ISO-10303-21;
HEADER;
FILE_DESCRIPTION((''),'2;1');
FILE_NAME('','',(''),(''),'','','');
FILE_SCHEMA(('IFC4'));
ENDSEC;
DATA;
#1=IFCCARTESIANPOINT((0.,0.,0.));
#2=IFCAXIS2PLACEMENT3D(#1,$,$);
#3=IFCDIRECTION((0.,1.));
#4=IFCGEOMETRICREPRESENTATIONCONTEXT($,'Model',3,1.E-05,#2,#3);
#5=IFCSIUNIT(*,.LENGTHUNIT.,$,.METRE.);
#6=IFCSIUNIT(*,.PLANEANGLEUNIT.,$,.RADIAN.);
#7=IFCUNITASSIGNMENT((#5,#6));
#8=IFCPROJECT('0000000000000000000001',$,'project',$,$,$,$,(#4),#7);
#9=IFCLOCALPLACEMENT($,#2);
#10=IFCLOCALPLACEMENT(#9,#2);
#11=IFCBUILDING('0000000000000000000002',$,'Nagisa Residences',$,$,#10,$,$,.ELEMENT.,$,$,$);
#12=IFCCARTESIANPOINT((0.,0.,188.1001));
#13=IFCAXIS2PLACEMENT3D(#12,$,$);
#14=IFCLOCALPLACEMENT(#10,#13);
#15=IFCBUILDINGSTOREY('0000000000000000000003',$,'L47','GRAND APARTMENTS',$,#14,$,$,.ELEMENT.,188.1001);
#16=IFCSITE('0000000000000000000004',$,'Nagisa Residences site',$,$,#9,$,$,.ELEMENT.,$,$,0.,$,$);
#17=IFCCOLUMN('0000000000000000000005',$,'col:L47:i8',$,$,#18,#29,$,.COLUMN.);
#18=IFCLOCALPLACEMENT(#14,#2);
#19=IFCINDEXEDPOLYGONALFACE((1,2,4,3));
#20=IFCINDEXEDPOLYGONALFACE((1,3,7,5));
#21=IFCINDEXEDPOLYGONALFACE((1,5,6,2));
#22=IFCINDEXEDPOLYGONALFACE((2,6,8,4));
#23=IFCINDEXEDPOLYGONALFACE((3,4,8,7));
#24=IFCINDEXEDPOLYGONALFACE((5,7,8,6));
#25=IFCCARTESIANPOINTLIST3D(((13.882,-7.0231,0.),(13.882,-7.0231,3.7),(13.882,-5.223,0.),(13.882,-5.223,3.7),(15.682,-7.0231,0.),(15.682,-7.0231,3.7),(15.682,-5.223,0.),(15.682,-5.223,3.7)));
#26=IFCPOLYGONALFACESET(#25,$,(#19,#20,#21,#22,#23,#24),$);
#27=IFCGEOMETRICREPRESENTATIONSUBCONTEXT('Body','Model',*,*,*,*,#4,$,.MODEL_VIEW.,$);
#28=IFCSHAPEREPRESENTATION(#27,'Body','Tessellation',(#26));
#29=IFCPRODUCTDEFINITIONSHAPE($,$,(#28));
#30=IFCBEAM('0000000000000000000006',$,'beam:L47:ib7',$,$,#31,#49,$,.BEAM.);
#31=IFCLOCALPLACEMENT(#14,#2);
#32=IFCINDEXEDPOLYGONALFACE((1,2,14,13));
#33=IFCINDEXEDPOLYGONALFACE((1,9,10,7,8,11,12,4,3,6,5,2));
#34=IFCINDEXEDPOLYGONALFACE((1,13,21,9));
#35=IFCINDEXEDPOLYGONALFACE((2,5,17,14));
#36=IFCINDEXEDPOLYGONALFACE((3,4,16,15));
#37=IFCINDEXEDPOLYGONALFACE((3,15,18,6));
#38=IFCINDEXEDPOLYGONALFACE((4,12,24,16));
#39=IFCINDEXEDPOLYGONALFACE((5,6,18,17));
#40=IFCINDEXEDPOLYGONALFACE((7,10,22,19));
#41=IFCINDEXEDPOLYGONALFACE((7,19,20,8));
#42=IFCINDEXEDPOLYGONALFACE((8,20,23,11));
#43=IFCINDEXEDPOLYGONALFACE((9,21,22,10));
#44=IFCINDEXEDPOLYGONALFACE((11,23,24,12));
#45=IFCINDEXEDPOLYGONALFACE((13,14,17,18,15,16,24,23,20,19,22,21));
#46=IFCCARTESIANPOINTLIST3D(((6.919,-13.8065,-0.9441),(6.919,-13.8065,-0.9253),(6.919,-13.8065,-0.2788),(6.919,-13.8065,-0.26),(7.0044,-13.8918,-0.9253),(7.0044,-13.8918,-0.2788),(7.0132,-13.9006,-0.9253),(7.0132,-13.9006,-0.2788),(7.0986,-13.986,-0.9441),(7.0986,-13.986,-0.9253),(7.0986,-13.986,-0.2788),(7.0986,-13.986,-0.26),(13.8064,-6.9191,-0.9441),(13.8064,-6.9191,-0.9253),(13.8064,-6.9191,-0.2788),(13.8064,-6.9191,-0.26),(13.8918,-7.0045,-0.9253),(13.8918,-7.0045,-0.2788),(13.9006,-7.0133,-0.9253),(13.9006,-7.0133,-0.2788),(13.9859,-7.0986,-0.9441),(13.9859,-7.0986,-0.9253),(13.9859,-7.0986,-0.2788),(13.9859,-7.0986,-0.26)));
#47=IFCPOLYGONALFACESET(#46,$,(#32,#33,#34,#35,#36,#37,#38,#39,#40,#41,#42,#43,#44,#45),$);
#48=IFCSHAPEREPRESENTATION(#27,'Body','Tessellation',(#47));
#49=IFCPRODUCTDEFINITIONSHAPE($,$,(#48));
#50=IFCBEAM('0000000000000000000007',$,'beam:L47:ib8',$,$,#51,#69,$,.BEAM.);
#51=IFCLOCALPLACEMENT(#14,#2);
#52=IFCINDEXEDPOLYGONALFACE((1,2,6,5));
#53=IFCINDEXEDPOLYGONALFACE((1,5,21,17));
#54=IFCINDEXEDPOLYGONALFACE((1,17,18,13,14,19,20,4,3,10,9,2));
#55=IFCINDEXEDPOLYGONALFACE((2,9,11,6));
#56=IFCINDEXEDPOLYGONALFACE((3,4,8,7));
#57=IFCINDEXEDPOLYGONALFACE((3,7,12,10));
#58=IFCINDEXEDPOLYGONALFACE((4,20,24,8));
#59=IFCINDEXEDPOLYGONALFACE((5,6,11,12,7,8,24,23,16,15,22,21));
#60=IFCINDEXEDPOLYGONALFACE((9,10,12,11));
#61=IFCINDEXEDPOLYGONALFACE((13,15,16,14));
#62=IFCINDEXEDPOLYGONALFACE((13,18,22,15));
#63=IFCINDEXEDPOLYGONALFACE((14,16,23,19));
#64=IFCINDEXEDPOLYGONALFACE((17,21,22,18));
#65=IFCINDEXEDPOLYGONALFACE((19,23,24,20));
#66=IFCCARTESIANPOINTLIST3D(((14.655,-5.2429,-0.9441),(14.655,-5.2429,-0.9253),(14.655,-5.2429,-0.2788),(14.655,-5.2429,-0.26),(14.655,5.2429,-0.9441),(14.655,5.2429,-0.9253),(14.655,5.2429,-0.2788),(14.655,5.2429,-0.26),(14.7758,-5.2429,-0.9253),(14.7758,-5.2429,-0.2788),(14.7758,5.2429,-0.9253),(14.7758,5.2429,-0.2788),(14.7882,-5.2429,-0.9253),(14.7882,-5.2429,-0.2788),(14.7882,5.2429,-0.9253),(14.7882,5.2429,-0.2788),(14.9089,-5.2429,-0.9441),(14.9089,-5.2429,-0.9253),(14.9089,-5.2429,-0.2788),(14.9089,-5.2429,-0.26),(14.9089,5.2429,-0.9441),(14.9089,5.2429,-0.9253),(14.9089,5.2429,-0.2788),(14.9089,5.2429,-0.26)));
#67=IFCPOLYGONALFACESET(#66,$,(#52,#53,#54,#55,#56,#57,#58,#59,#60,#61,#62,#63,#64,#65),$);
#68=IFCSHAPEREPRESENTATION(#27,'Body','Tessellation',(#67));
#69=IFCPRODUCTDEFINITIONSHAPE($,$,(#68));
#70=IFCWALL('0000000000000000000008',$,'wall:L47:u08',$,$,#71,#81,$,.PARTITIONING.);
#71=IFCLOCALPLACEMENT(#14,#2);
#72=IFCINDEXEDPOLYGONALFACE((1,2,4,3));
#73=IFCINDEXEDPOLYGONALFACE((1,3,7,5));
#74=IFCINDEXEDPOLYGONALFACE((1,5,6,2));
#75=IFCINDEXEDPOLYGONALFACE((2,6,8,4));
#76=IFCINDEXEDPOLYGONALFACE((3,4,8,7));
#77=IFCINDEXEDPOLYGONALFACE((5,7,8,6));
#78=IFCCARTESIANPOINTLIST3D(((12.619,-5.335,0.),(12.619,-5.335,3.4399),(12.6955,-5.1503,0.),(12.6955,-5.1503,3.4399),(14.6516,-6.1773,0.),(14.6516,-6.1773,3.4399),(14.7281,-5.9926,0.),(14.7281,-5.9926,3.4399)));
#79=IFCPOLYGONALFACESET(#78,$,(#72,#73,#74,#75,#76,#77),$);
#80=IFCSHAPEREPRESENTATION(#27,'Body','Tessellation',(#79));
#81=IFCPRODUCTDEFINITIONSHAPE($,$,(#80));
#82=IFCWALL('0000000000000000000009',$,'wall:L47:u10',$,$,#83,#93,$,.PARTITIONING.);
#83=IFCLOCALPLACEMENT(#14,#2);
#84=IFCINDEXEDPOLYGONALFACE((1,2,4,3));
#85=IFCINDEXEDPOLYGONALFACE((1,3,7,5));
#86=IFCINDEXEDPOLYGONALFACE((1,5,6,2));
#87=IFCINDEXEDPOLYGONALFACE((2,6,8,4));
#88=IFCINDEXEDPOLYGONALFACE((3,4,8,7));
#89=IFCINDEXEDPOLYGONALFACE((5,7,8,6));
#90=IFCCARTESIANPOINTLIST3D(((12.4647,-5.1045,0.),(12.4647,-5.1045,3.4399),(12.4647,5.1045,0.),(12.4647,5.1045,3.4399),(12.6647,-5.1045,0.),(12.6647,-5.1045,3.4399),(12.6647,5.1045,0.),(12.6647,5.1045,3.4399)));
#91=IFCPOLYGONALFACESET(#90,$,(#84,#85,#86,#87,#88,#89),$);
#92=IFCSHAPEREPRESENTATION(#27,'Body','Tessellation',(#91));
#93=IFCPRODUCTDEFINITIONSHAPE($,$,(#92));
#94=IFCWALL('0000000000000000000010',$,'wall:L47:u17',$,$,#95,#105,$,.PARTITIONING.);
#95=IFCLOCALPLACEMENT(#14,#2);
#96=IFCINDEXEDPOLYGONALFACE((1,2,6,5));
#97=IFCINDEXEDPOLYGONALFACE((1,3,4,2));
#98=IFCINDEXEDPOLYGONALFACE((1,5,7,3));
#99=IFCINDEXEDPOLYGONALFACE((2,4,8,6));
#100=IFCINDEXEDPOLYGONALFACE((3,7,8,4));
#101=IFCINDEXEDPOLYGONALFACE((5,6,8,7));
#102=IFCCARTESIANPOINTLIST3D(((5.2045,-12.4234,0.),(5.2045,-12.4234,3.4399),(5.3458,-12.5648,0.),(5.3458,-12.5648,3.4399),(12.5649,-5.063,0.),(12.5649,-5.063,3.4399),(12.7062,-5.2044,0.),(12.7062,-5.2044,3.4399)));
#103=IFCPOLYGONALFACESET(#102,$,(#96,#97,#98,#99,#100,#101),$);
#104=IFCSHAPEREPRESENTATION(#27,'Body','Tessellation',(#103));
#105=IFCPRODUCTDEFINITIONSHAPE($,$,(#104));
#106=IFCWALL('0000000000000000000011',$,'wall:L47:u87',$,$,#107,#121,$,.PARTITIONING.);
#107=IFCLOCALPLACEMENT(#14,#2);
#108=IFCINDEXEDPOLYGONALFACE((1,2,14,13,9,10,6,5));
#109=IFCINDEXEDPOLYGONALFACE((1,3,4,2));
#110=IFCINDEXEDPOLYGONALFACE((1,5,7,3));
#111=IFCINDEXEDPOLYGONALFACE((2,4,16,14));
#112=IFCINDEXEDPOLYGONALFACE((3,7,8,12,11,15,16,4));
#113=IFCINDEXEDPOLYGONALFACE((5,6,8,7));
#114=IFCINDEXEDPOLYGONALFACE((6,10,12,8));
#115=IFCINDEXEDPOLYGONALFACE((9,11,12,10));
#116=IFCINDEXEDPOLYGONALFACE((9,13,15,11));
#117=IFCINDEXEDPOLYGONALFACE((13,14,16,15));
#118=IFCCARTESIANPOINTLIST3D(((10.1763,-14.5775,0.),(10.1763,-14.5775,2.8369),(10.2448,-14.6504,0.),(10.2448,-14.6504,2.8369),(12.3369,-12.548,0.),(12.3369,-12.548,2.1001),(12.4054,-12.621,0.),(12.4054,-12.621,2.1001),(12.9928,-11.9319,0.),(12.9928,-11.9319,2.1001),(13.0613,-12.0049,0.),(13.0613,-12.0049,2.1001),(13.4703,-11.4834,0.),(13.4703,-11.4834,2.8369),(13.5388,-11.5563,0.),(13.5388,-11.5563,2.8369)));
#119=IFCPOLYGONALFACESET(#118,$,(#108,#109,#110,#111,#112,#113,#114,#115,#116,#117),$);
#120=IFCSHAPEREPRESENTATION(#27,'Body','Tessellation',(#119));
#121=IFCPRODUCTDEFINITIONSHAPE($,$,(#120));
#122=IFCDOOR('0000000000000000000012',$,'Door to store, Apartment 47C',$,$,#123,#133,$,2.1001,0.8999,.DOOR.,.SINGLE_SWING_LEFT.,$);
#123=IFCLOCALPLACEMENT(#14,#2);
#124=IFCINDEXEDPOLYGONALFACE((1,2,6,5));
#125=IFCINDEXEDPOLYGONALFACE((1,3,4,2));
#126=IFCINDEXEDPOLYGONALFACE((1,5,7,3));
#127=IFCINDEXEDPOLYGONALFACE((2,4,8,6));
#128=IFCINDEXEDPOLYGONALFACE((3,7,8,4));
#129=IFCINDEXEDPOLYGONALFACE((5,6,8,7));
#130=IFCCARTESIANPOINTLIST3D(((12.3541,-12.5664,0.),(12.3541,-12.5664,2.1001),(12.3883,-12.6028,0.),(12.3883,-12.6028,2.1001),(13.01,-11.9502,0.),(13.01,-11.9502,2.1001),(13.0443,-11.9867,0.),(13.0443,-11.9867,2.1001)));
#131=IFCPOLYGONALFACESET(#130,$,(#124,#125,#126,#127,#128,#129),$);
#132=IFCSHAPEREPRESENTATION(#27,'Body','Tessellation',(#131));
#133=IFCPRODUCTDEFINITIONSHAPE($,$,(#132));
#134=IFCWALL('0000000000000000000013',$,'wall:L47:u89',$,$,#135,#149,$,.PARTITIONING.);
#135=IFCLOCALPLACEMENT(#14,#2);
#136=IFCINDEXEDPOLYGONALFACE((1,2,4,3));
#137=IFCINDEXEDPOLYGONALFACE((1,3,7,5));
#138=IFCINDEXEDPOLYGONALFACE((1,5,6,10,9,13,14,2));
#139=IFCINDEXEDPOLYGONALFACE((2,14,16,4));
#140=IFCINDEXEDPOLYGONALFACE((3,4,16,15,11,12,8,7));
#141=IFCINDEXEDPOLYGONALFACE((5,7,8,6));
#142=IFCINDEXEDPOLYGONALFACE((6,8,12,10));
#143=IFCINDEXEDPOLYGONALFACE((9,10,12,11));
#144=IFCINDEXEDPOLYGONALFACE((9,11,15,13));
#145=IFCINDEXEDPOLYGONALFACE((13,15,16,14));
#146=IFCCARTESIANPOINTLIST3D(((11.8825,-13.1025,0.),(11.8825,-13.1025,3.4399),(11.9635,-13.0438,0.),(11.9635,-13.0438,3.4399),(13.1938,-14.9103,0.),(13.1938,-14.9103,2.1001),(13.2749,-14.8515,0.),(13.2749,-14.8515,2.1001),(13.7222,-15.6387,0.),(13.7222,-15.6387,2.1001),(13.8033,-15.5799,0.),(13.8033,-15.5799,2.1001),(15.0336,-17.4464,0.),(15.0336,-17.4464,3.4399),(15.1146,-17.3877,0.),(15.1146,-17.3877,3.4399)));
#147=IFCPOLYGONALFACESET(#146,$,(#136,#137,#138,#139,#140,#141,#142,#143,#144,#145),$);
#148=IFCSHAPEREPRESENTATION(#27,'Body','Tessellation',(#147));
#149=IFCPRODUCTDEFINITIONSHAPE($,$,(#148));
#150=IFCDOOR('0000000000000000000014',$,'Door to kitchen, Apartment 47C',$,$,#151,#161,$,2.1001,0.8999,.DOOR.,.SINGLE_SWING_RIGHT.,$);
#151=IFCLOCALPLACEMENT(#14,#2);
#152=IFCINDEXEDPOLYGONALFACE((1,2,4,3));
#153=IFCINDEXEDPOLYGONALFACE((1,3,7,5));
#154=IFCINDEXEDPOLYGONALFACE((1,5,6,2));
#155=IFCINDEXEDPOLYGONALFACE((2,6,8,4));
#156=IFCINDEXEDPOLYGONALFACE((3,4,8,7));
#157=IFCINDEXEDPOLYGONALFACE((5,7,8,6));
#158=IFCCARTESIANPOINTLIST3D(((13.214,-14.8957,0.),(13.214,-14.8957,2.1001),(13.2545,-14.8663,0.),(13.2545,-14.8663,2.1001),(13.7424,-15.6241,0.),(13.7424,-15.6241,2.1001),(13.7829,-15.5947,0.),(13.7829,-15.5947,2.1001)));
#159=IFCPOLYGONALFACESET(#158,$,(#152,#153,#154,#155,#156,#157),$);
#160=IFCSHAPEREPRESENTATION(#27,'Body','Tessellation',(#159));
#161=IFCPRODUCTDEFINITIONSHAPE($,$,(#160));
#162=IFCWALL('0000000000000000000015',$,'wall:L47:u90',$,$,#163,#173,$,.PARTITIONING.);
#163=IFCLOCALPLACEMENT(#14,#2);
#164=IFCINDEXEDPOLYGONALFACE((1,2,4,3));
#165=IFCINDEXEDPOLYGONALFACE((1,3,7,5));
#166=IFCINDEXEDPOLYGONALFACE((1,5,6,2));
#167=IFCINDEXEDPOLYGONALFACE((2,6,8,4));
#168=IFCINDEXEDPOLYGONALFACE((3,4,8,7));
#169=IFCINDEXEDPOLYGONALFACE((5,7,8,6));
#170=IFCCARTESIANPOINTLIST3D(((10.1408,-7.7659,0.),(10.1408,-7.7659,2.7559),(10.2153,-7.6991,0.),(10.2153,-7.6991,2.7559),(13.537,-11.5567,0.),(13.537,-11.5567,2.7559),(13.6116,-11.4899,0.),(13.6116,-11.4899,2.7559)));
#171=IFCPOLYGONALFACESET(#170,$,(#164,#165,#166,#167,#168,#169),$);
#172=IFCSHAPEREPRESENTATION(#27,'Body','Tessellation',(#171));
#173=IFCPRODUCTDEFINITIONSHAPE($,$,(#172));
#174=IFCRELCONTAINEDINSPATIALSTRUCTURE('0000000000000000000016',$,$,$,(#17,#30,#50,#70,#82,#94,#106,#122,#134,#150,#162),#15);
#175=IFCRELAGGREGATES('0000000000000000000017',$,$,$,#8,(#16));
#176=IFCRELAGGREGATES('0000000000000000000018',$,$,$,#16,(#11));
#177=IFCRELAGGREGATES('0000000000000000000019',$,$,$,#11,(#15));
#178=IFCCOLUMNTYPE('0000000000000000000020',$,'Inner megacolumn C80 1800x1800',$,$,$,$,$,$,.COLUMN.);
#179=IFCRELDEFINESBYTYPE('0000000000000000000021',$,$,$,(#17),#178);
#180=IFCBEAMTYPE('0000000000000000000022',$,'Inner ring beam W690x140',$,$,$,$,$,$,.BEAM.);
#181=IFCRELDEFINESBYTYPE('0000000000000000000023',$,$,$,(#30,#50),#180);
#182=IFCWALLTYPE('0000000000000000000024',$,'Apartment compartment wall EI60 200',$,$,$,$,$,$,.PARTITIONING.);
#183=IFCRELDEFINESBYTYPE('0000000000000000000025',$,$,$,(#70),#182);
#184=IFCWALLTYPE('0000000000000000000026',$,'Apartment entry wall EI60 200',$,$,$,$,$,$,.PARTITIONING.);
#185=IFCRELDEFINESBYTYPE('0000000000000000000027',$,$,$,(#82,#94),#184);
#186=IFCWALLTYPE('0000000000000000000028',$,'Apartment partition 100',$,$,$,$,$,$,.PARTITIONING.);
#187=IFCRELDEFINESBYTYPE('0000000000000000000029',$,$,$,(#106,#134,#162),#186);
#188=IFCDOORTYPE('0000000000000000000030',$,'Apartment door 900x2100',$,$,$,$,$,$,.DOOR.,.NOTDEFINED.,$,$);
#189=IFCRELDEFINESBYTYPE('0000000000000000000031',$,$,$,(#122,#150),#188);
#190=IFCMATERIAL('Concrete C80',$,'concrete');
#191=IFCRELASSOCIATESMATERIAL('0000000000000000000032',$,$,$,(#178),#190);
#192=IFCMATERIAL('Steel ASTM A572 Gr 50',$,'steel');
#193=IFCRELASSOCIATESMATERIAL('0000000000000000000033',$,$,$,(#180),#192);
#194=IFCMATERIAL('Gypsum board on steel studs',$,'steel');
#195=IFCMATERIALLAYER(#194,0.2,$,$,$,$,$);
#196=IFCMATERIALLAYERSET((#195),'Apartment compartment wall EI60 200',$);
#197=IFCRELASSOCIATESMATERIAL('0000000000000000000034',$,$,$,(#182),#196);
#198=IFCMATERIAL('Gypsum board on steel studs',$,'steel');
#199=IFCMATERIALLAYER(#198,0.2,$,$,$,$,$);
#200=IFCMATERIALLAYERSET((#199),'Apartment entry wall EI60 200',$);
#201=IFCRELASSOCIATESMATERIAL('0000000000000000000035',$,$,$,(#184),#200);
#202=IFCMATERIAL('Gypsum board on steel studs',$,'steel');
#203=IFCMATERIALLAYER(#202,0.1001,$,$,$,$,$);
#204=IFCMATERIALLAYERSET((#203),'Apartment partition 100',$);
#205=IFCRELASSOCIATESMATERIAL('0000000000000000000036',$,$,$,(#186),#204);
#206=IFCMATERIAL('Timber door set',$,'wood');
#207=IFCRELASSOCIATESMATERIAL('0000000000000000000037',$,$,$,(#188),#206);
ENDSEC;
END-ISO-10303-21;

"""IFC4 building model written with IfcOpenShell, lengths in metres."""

from ifc_helpers import new_model, si_unit, direction, frame, frame_2d, origin, origin_2d, place, context, subcontext, project, spatial, rectangle, i_section, extrude, material, layer, layer_set, material_profile, profile_set, type_object, element, fill, save


model = new_model("IFC4")

# Units and contexts
model_context = context("Model", 3, precision=1e-05, world=origin(), true_north=direction((0.0, 1.0)))
body_context = subcontext(model_context, "Body", "Model", "MODEL_VIEW")
ifc_project = project(units=[si_unit("LENGTHUNIT", "METRE"), si_unit("PLANEANGLEUNIT", "RADIAN")], contexts=[model_context])

# Site, building, storey
site_placement = place(None, origin())
site = spatial("IfcSite", under=ifc_project, at=site_placement, Name="Nagisa Residences site", CompositionType="ELEMENT", RefElevation=0.0)
building_placement = place(site_placement, origin())
building = spatial("IfcBuilding", under=site, at=building_placement, Name="Nagisa Residences", CompositionType="ELEMENT")
storey_placement = place(building_placement, frame((0.0, 0.0, 188.1001)))
storey = spatial("IfcBuildingStorey", under=building, at=storey_placement, Name="L47", Description="GRAND APARTMENTS", CompositionType="ELEMENT", Elevation=188.1001)

# Column
ifc_material_1 = material(Name="Concrete C80", Category="concrete")
ifc_material_profile_1 = material_profile(ifc_material_1, rectangle(XDim=1.8, YDim=1.8, at=origin_2d()), Name="C80 1800x1800")
ifc_profile_set_1 = profile_set([ifc_material_profile_1], Name="Concrete C80")
column_type = type_object("IfcColumnType", Name="Inner megacolumn C80 1800x1800", PredefinedType="COLUMN", material=ifc_profile_set_1)
column_placement = place(storey_placement, frame((14.782, -6.123, 0.0), z_axis=(0.0, 0.0, 1.0), x_axis=(1.0, 0.0, 0.0)))
element("IfcColumn", 1, at=column_placement, inside=storey, type_object=column_type, Name="col:L47:i8", PredefinedType="COLUMN", context=body_context, shape_type="SweptSolid", body=[
    extrude(rectangle(XDim=1.8, YDim=1.8, at=origin_2d()), origin(), (0.0, 0.0, 1.0), 3.7),
])

# Beams
ifc_material_2 = material(Name="Steel ASTM A572 Gr 50", Category="steel")
ifc_material_profile_2 = material_profile(ifc_material_2, i_section(OverallWidth=0.2539, OverallDepth=0.6841, WebThickness=0.0125, FlangeThickness=0.0188, at=origin_2d()), Name="W690x140")
ifc_profile_set_2 = profile_set([ifc_material_profile_2], Name="Steel ASTM A572 Gr 50")
beam_type = type_object("IfcBeamType", Name="Inner ring beam W690x140", PredefinedType="BEAM", material=ifc_profile_set_2)
beam_1_placement = place(storey_placement, frame((7.0088, -13.8962, -0.6021), z_axis=(0.707107, 0.707107, 0.0), x_axis=(-0.707107, 0.707107, 0.0)))
element("IfcBeam", 2, at=beam_1_placement, inside=storey, type_object=beam_type, Name="beam:L47:ib7", PredefinedType="BEAM", context=body_context, shape_type="SweptSolid", body=[
    extrude(i_section(OverallWidth=0.2539, OverallDepth=0.6841, WebThickness=0.0125, FlangeThickness=0.0188, at=origin_2d()), origin(), (0.0, 0.0, 1.0), 9.7402),
])
beam_2_placement = place(storey_placement, frame((14.782, -5.2429, -0.6021), z_axis=(0.0, 1.0, 0.0), x_axis=(-1.0, 0.0, 0.0)))
element("IfcBeam", 3, at=beam_2_placement, inside=storey, type_object=beam_type, Name="beam:L47:ib8", PredefinedType="BEAM", context=body_context, shape_type="SweptSolid", body=[
    extrude(i_section(OverallWidth=0.2539, OverallDepth=0.6841, WebThickness=0.0125, FlangeThickness=0.0188, at=origin_2d()), origin(), (0.0, 0.0, 1.0), 10.4858),
])

# Walls
ifc_material_3 = material(Name="Gypsum board on steel studs", Category="steel")
ifc_layer_1 = layer(ifc_material_3, 0.2)
ifc_layer_set_1 = layer_set([ifc_layer_1], Name="Apartment compartment wall EI60 200")
wall_type_1 = type_object("IfcWallType", Name="Apartment compartment wall EI60 200", PredefinedType="PARTITIONING", material=ifc_layer_set_1)
wall_1_placement = place(storey_placement, frame((12.6572, -5.2427, 0.0), z_axis=(0.0, 0.0, 1.0), x_axis=(0.92383, -0.382803, 0.0)))
element("IfcWall", 4, at=wall_1_placement, inside=storey, type_object=wall_type_1, Name="wall:L47:u08", PredefinedType="PARTITIONING", context=body_context, shape_type="SweptSolid", body=[
    extrude(rectangle(XDim=2.2002, YDim=0.2, at=frame_2d((1.1001, 0.0))), origin(), (0.0, 0.0, 1.0), 3.4399),
])
ifc_material_4 = material(Name="Gypsum board on steel studs", Category="steel")
ifc_layer_2 = layer(ifc_material_4, 0.2)
ifc_layer_set_2 = layer_set([ifc_layer_2], Name="Apartment entry wall EI60 200")
wall_type_2 = type_object("IfcWallType", Name="Apartment entry wall EI60 200", PredefinedType="PARTITIONING", material=ifc_layer_set_2)
wall_2_placement = place(storey_placement, frame((12.5647, -5.1045, 0.0), z_axis=(0.0, 0.0, 1.0), x_axis=(0.0, 1.0, 0.0)))
element("IfcWall", 5, at=wall_2_placement, inside=storey, type_object=wall_type_2, Name="wall:L47:u10", PredefinedType="PARTITIONING", context=body_context, shape_type="SweptSolid", body=[
    extrude(rectangle(XDim=10.209, YDim=0.2, at=frame_2d((5.1045, 0.0))), origin(), (0.0, 0.0, 1.0), 3.4399),
])
wall_3_placement = place(storey_placement, frame((5.2751, -12.4941, 0.0), z_axis=(0.0, 0.0, 1.0), x_axis=(0.707107, 0.707107, 0.0)))
element("IfcWall", 6, at=wall_3_placement, inside=storey, type_object=wall_type_2, Name="wall:L47:u17", PredefinedType="PARTITIONING", context=body_context, shape_type="SweptSolid", body=[
    extrude(rectangle(XDim=10.4092, YDim=0.2, at=frame_2d((5.2046, 0.0))), origin(), (0.0, 0.0, 1.0), 3.4399),
])

# Walls, openings, doors
ifc_material_5 = material(Name="Gypsum board on steel studs", Category="steel")
ifc_layer_3 = layer(ifc_material_5, 0.1001)
ifc_layer_set_3 = layer_set([ifc_layer_3], Name="Apartment partition 100")
wall_type_3 = type_object("IfcWallType", Name="Apartment partition 100", PredefinedType="PARTITIONING", material=ifc_layer_set_3)
wall_4_placement = place(storey_placement, frame((10.2104, -14.614, 0.0), z_axis=(0.0, 0.0, 1.0), x_axis=(0.728883, 0.684638, 0.0)))
wall_4 = element("IfcWall", 7, at=wall_4_placement, inside=storey, type_object=wall_type_3, Name="wall:L47:u87", PredefinedType="PARTITIONING", context=body_context, shape_type="SweptSolid", body=[
    extrude(rectangle(XDim=4.5193, YDim=0.1001, at=frame_2d((2.2598, 0.0))), origin(), (0.0, 0.0, 1.0), 2.8369),
])
opening_1_placement = place(wall_4_placement, frame((2.9644, 0.0, 0.0)))
opening_1 = element("IfcOpeningElement", 8, at=opening_1_placement, cuts=wall_4, PredefinedType="OPENING", context=body_context, shape_type="SweptSolid", body=[
    extrude(rectangle(XDim=0.8999, YDim=2.1001, at=frame_2d((0.45, 1.05))), frame((0.0, 0.0601, 0.0), z_axis=(0.0, -1.0, 0.0), x_axis=(1.0, 0.0, 0.0)), (0.0, 0.0, 1.0), 0.1201),
])
ifc_material_6 = material(Name="Timber door set", Category="wood")
door_type = type_object("IfcDoorType", Name="Apartment door 900x2100", OperationType="NOTDEFINED", PredefinedType="DOOR", material=ifc_material_6)
door_1_placement = place(opening_1_placement, origin())
door_1 = element("IfcDoor", 9, at=door_1_placement, inside=storey, type_object=door_type, Name="Door to store, Apartment 47C", OperationType="SINGLE_SWING_LEFT", OverallHeight=2.1001, OverallWidth=0.8999, PredefinedType="DOOR", context=body_context, shape_type="SweptSolid", body=[
    extrude(rectangle(XDim=0.8999, YDim=2.1001, at=frame_2d((0.45, 1.05))), frame((0.0, 0.0249, 0.0), z_axis=(0.0, -1.0, 0.0), x_axis=(1.0, 0.0, 0.0)), (0.0, 0.0, 1.0), 0.05),
])
fill(opening_1, door_1)
wall_5_placement = place(storey_placement, frame((11.9231, -13.0732, 0.0), z_axis=(0.0, 0.0, 1.0), x_axis=(0.587179, -0.809457, 0.0)))
wall_5 = element("IfcWall", 10, at=wall_5_placement, inside=storey, type_object=wall_type_3, Name="wall:L47:u89", PredefinedType="PARTITIONING", context=body_context, shape_type="SweptSolid", body=[
    extrude(rectangle(XDim=5.3665, YDim=0.1001, at=frame_2d((2.6831, 0.0))), origin(), (0.0, 0.0, 1.0), 3.4399),
])
opening_2_placement = place(wall_5_placement, frame((2.2332, 0.0, 0.0)))
opening_2 = element("IfcOpeningElement", 11, at=opening_2_placement, cuts=wall_5, PredefinedType="OPENING", context=body_context, shape_type="SweptSolid", body=[
    extrude(rectangle(XDim=0.8999, YDim=2.1001, at=frame_2d((0.45, 1.05))), frame((0.0, 0.0601, 0.0), z_axis=(0.0, -1.0, 0.0), x_axis=(1.0, 0.0, 0.0)), (0.0, 0.0, 1.0), 0.1201),
])
door_2_placement = place(opening_2_placement, origin())
door_2 = element("IfcDoor", 12, at=door_2_placement, inside=storey, type_object=door_type, Name="Door to kitchen, Apartment 47C", OperationType="SINGLE_SWING_RIGHT", OverallHeight=2.1001, OverallWidth=0.8999, PredefinedType="DOOR", context=body_context, shape_type="SweptSolid", body=[
    extrude(rectangle(XDim=0.8999, YDim=2.1001, at=frame_2d((0.45, 1.05))), frame((0.0, 0.0249, 0.0), z_axis=(0.0, -1.0, 0.0), x_axis=(1.0, 0.0, 0.0)), (0.0, 0.0, 1.0), 0.05),
])
fill(opening_2, door_2)

# Wall
wall_6_placement = place(storey_placement, frame((10.178, -7.7324, 0.0), z_axis=(0.0, 0.0, 1.0), x_axis=(0.667285, -0.744802, 0.0)))
element("IfcWall", 13, at=wall_6_placement, inside=storey, type_object=wall_type_3, Name="wall:L47:u90", PredefinedType="PARTITIONING", context=body_context, shape_type="SweptSolid", body=[
    extrude(rectangle(XDim=5.0896, YDim=0.1001, at=frame_2d((2.5449, 0.0))), origin(), (0.0, 0.0, 1.0), 2.7559),
])

save(model, "model.ifc")
